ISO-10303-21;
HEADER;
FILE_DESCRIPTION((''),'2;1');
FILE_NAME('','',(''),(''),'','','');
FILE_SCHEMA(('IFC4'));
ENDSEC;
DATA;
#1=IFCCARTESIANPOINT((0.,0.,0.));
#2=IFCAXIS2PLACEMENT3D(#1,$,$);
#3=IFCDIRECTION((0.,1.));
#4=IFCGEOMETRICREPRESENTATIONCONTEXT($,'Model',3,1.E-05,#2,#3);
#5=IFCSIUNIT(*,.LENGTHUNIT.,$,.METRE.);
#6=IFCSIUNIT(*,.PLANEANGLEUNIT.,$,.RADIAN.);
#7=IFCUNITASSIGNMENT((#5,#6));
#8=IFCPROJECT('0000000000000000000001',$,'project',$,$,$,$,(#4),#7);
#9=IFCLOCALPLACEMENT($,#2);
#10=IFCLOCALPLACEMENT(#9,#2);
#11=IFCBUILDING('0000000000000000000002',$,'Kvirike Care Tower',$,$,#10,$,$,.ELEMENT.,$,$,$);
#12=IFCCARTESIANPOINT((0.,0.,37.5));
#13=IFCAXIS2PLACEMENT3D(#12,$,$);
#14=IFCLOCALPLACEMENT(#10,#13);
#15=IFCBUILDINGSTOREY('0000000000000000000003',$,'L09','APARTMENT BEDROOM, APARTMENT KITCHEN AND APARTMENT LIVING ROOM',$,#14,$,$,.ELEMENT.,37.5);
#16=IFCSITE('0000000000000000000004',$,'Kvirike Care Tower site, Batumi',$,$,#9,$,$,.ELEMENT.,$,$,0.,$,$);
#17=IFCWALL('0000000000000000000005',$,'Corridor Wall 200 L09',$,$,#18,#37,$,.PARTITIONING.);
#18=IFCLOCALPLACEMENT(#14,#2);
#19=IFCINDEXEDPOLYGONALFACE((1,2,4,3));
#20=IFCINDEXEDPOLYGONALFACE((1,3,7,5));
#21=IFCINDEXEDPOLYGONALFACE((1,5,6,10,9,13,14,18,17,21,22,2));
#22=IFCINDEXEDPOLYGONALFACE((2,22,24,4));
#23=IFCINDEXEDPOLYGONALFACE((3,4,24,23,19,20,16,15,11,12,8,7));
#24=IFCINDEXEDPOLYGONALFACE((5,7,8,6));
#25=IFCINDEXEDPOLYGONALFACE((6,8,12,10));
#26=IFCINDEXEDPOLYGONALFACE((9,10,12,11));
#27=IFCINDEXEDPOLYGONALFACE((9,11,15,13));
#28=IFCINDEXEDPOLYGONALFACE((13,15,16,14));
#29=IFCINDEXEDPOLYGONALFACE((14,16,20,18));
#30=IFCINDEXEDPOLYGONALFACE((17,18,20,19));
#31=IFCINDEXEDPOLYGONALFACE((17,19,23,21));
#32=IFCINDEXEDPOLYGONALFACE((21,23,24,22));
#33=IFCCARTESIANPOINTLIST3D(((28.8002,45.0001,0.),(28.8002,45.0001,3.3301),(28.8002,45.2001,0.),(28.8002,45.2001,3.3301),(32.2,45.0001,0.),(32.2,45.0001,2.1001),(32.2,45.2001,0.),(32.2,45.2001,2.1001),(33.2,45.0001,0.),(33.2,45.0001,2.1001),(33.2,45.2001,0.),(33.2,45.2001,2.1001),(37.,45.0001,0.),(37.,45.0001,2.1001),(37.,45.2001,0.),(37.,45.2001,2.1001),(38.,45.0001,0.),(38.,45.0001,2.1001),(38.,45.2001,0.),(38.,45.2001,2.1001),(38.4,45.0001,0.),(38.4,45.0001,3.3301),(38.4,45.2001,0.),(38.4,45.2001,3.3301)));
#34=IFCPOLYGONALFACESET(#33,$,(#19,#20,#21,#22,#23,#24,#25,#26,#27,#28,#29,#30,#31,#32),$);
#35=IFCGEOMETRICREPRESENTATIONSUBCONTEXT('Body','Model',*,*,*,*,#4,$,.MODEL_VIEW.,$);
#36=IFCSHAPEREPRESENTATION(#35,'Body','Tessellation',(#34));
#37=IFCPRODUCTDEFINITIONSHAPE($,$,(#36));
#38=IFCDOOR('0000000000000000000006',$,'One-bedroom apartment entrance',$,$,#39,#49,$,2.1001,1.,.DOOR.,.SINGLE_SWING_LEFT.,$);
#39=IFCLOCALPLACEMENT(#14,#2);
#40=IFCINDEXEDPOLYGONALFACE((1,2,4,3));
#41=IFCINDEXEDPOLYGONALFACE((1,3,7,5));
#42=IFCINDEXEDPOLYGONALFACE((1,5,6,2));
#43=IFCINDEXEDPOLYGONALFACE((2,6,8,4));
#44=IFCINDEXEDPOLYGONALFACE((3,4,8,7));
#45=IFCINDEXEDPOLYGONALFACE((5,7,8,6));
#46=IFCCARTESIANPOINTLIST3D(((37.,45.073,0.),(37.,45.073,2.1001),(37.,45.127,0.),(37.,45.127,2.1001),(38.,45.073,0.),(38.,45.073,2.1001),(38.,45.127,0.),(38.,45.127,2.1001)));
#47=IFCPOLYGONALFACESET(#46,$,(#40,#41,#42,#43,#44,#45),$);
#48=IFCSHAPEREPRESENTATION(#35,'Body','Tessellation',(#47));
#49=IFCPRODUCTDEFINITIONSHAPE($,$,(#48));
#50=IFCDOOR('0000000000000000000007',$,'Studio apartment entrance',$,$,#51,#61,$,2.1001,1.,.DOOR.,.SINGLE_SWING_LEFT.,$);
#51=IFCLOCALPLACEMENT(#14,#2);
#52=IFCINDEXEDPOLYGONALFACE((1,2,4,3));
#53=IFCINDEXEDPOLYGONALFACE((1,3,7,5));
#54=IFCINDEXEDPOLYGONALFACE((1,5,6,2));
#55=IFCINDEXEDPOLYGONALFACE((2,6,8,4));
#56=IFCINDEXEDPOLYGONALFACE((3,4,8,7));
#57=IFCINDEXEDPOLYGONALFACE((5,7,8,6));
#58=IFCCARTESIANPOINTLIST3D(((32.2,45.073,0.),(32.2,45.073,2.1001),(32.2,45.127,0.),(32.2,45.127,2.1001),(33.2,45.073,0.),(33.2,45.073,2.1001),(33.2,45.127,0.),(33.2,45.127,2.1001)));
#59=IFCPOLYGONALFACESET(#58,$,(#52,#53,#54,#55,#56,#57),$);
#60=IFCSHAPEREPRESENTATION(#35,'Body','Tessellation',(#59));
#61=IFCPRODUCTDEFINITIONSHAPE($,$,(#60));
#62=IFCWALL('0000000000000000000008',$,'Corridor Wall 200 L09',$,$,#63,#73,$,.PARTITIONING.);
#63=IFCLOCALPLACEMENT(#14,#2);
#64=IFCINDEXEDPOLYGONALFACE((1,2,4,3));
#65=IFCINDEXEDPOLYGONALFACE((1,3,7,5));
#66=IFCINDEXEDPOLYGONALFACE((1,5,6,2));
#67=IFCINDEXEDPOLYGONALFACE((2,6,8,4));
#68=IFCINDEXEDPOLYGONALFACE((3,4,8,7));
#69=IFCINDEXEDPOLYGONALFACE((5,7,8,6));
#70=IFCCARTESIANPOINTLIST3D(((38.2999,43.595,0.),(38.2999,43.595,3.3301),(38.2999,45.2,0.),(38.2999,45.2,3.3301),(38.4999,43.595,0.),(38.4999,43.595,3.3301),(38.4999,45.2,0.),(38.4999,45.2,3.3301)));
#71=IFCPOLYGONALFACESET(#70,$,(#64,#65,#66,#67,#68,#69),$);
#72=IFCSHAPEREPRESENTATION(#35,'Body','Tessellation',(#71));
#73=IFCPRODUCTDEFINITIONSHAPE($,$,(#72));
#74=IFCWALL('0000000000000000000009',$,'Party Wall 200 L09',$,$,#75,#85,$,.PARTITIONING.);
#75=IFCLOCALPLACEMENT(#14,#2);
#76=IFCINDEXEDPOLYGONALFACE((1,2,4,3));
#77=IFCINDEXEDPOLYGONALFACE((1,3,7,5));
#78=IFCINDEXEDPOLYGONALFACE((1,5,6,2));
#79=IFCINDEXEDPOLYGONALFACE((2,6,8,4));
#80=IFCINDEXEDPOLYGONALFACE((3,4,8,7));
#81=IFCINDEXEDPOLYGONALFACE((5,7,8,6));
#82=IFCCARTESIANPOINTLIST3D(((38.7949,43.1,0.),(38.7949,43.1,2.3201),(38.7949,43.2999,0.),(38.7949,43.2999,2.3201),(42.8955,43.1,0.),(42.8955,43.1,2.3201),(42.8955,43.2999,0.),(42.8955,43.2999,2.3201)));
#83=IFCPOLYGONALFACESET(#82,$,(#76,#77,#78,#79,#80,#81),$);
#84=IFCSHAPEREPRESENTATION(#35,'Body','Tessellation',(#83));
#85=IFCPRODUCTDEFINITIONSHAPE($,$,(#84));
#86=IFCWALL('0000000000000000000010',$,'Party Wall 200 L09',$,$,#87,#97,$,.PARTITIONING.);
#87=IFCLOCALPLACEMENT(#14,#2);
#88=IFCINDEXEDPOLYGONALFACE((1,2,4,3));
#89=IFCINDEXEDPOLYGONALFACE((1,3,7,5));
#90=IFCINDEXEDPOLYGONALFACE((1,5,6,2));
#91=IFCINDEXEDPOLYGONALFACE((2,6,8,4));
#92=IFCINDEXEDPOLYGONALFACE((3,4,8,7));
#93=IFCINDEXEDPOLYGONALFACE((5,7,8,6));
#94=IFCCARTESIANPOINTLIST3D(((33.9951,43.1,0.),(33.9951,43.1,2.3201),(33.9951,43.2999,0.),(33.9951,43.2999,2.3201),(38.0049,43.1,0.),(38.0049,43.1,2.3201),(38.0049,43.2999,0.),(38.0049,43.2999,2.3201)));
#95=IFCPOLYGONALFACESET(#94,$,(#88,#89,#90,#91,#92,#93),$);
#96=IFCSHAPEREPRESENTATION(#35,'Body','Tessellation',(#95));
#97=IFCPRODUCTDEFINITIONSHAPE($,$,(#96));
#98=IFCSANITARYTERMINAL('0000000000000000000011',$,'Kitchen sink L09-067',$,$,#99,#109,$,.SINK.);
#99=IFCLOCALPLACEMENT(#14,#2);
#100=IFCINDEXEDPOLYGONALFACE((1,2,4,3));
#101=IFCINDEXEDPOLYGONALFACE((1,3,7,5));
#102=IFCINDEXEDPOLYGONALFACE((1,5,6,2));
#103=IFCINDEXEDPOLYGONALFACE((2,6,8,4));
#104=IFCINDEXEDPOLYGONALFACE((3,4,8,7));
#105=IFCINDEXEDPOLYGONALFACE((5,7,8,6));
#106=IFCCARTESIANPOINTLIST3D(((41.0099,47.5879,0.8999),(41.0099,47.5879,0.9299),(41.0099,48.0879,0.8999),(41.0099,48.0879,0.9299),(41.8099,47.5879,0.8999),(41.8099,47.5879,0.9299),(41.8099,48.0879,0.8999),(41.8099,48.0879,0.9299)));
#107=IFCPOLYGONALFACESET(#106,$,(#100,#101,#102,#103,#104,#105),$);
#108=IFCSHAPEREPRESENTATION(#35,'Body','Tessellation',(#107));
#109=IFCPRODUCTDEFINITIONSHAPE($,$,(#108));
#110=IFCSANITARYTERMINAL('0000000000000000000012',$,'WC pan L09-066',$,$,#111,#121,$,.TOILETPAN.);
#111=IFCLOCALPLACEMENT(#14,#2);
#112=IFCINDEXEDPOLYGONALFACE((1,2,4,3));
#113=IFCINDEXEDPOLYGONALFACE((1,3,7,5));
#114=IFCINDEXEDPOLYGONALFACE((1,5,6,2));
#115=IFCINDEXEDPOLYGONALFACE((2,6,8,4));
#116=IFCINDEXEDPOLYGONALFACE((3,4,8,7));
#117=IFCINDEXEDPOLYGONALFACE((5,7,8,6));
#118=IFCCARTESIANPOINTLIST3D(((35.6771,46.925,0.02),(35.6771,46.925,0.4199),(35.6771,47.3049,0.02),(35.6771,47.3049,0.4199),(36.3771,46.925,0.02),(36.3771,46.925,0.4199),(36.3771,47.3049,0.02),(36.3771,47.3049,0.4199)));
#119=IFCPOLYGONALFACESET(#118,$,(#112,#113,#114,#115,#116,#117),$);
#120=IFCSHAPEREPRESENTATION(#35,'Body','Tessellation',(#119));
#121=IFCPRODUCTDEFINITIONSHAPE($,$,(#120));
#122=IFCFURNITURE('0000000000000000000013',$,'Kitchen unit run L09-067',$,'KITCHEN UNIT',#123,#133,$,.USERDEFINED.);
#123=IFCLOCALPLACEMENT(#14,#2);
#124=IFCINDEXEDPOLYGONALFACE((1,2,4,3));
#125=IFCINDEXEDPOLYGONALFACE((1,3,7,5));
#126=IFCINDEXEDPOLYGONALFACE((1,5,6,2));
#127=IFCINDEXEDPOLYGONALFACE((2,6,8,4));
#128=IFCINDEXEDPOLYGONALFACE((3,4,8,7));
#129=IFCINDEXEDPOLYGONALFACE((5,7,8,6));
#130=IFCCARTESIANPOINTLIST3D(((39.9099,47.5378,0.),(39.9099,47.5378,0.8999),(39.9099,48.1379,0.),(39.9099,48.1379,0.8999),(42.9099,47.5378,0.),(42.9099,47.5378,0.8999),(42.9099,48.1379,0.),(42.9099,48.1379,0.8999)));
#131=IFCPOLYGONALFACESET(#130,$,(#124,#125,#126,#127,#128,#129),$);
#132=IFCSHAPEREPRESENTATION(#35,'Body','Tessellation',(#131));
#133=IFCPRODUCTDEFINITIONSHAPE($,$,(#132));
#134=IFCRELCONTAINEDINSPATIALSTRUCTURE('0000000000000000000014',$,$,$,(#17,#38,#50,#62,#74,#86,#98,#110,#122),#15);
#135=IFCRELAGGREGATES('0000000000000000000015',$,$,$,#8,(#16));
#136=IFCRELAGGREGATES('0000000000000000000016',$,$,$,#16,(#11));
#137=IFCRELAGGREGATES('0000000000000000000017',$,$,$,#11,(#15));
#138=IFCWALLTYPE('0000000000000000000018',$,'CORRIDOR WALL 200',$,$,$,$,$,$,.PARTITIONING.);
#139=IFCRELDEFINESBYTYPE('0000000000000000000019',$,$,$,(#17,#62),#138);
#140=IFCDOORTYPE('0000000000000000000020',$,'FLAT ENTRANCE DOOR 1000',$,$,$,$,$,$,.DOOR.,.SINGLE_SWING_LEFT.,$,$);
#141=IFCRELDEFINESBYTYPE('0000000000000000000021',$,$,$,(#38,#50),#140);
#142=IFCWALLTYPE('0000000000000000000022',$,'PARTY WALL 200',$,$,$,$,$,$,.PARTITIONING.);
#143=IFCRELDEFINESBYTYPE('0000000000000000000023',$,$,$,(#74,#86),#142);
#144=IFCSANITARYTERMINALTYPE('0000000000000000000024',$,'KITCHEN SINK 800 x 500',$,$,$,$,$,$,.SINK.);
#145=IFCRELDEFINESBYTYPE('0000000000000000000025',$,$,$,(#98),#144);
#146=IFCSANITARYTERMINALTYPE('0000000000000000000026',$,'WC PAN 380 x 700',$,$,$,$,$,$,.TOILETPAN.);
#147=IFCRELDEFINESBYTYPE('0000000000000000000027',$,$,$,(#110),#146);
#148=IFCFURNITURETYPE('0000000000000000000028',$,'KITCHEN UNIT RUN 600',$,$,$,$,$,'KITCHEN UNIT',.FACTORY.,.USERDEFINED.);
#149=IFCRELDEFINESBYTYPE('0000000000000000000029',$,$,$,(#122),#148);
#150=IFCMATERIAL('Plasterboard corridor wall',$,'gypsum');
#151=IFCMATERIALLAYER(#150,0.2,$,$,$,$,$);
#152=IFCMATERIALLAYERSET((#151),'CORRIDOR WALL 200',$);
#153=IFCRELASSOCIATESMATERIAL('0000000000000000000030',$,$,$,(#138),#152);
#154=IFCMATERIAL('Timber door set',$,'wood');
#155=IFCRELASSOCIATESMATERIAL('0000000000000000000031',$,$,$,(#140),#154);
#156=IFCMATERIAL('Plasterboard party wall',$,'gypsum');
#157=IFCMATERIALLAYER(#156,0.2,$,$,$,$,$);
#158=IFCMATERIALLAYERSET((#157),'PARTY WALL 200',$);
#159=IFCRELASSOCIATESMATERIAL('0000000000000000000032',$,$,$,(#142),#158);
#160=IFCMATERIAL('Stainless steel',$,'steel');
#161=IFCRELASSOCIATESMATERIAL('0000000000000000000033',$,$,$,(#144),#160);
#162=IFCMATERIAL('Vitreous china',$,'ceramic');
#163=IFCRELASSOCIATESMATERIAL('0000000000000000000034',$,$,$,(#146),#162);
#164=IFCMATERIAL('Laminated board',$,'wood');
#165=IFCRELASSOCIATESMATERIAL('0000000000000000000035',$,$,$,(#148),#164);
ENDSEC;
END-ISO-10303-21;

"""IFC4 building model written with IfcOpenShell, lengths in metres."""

from ifc_helpers import new_model, si_unit, direction, frame, frame_2d, origin, origin_2d, place, context, subcontext, project, spatial, rectangle, extrude, material, layer, layer_set, type_object, element, fill, save


model = new_model("IFC4")

# Units and contexts
model_context = context("Model", 3, precision=1e-05, world=origin(), true_north=direction((0.0, 1.0)))
body_context = subcontext(model_context, "Body", "Model", "MODEL_VIEW")
ifc_project = project(units=[si_unit("LENGTHUNIT", "METRE"), si_unit("PLANEANGLEUNIT", "RADIAN")], contexts=[model_context])

# Site, building, storey
site_placement = place(None, origin())
site = spatial("IfcSite", under=ifc_project, at=site_placement, Name="Kvirike Care Tower site, Batumi", CompositionType="ELEMENT", RefElevation=0.0)
building_placement = place(site_placement, origin())
building = spatial("IfcBuilding", under=site, at=building_placement, Name="Kvirike Care Tower", CompositionType="ELEMENT")
storey_placement = place(building_placement, frame((0.0, 0.0, 37.5)))
storey = spatial("IfcBuildingStorey", under=building, at=storey_placement, Name="L09", Description="APARTMENT BEDROOM, APARTMENT KITCHEN AND APARTMENT LIVING ROOM", CompositionType="ELEMENT", Elevation=37.5)

# Wall, openings, doors
ifc_material_1 = material(Name="Plasterboard corridor wall", Category="gypsum")
ifc_layer_1 = layer(ifc_material_1, 0.2)
ifc_layer_set_1 = layer_set([ifc_layer_1], Name="CORRIDOR WALL 200")
wall_type_1 = type_object("IfcWallType", Name="CORRIDOR WALL 200", PredefinedType="PARTITIONING", material=ifc_layer_set_1)
wall_1_placement = place(storey_placement, frame((38.3999, 45.1001, 0.0), z_axis=(0.0, 0.0, 1.0), x_axis=(-1.0, 0.0, 0.0)))
wall_1 = element("IfcWall", 1, at=wall_1_placement, inside=storey, type_object=wall_type_1, Name="Corridor Wall 200 L09", PredefinedType="PARTITIONING", context=body_context, shape_type="SweptSolid", body=[
    extrude(rectangle(XDim=9.5999, YDim=0.2, at=frame_2d((4.7998, 0.0))), origin(), (0.0, 0.0, 1.0), 3.3301),
])
opening_1_placement = place(wall_1_placement, frame((0.3999, 0.0, 0.0)))
opening_1 = element("IfcOpeningElement", 2, at=opening_1_placement, cuts=wall_1, PredefinedType="OPENING", context=body_context, shape_type="SweptSolid", body=[
    extrude(rectangle(XDim=1.0, YDim=2.1001, at=frame_2d((0.5, 1.05))), frame((0.0, 0.1106, 0.0), z_axis=(0.0, -1.0, 0.0), x_axis=(1.0, 0.0, 0.0)), (0.0, 0.0, 1.0), 0.2209),
])
opening_2_placement = place(wall_1_placement, frame((5.2, 0.0, 0.0)))
opening_2 = element("IfcOpeningElement", 3, at=opening_2_placement, cuts=wall_1, PredefinedType="OPENING", context=body_context, shape_type="SweptSolid", body=[
    extrude(rectangle(XDim=1.0, YDim=2.1001, at=frame_2d((0.5, 1.05))), frame((0.0, 0.1106, 0.0), z_axis=(0.0, -1.0, 0.0), x_axis=(1.0, 0.0, 0.0)), (0.0, 0.0, 1.0), 0.2209),
])
ifc_material_2 = material(Name="Timber door set", Category="wood")
door_type_1 = type_object("IfcDoorType", Name="FLAT ENTRANCE DOOR 1000", OperationType="SINGLE_SWING_LEFT", PredefinedType="DOOR", material=ifc_material_2)
door_1_placement = place(opening_1_placement, frame((1.0, 0.0, 0.0), z_axis=(0.0, 0.0, 1.0), x_axis=(-1.0, 0.0, 0.0)))
door_1 = element("IfcDoor", 4, at=door_1_placement, inside=storey, type_object=door_type_1, Name="One-bedroom apartment entrance", OperationType="SINGLE_SWING_LEFT", OverallHeight=2.1001, OverallWidth=1.0, PredefinedType="DOOR", context=body_context, shape_type="SweptSolid", body=[
    extrude(rectangle(XDim=1.0, YDim=2.1001, at=frame_2d((0.5, 1.05))), frame((0.0, 0.0269, 0.0), z_axis=(0.0, -1.0, 0.0), x_axis=(1.0, 0.0, 0.0)), (0.0, 0.0, 1.0), 0.054),
])
fill(opening_1, door_1)
door_2_placement = place(opening_2_placement, frame((1.0, 0.0, 0.0), z_axis=(0.0, 0.0, 1.0), x_axis=(-1.0, 0.0, 0.0)))
door_2 = element("IfcDoor", 5, at=door_2_placement, inside=storey, type_object=door_type_1, Name="Studio apartment entrance", OperationType="SINGLE_SWING_LEFT", OverallHeight=2.1001, OverallWidth=1.0, PredefinedType="DOOR", context=body_context, shape_type="SweptSolid", body=[
    extrude(rectangle(XDim=1.0, YDim=2.1001, at=frame_2d((0.5, 1.05))), frame((0.0, 0.0269, 0.0), z_axis=(0.0, -1.0, 0.0), x_axis=(1.0, 0.0, 0.0)), (0.0, 0.0, 1.0), 0.054),
])
fill(opening_2, door_2)

# Walls
wall_2_placement = place(storey_placement, frame((38.3999, 45.2, 0.0), z_axis=(0.0, 0.0, 1.0), x_axis=(0.0, -1.0, 0.0)))
element("IfcWall", 6, at=wall_2_placement, inside=storey, type_object=wall_type_1, Name="Corridor Wall 200 L09", PredefinedType="PARTITIONING", context=body_context, shape_type="SweptSolid", body=[
    extrude(rectangle(XDim=1.605, YDim=0.2, at=frame_2d((0.8025, 0.0))), origin(), (0.0, 0.0, 1.0), 3.3301),
])
ifc_material_3 = material(Name="Plasterboard party wall", Category="gypsum")
ifc_layer_2 = layer(ifc_material_3, 0.2)
ifc_layer_set_2 = layer_set([ifc_layer_2], Name="PARTY WALL 200")
wall_type_2 = type_object("IfcWallType", Name="PARTY WALL 200", PredefinedType="PARTITIONING", material=ifc_layer_set_2)
wall_3_placement = place(storey_placement, frame((42.8955, 43.2, 0.0), z_axis=(0.0, 0.0, 1.0), x_axis=(-1.0, 0.0, 0.0)))
element("IfcWall", 7, at=wall_3_placement, inside=storey, type_object=wall_type_2, Name="Party Wall 200 L09", PredefinedType="PARTITIONING", context=body_context, shape_type="SweptSolid", body=[
    extrude(rectangle(XDim=4.1006, YDim=0.2, at=frame_2d((2.0503, 0.0))), origin(), (0.0, 0.0, 1.0), 2.3201),
])
wall_4_placement = place(storey_placement, frame((38.0049, 43.2, 0.0), z_axis=(0.0, 0.0, 1.0), x_axis=(-1.0, 0.0, 0.0)))
element("IfcWall", 8, at=wall_4_placement, inside=storey, type_object=wall_type_2, Name="Party Wall 200 L09", PredefinedType="PARTITIONING", context=body_context, shape_type="SweptSolid", body=[
    extrude(rectangle(XDim=4.0098, YDim=0.2, at=frame_2d((2.0049, 0.0))), origin(), (0.0, 0.0, 1.0), 2.3201),
])

# Sanitary terminals
ifc_material_4 = material(Name="Stainless steel", Category="steel")
sanitary_terminal_type_1 = type_object("IfcSanitaryTerminalType", Name="KITCHEN SINK 800 x 500", PredefinedType="SINK", material=ifc_material_4)
sanitary_terminal_1_placement = place(storey_placement, frame((41.4099, 47.8379, 0.8999), z_axis=(0.0, 0.0, 1.0), x_axis=(1.0, 0.0, 0.0)))
element("IfcSanitaryTerminal", 9, at=sanitary_terminal_1_placement, inside=storey, type_object=sanitary_terminal_type_1, Name="Kitchen sink L09-067", PredefinedType="SINK", context=body_context, shape_type="SweptSolid", body=[
    extrude(rectangle(XDim=0.8, YDim=0.5, at=origin_2d()), origin(), (0.0, 0.0, 1.0), 0.03),
])
ifc_material_5 = material(Name="Vitreous china", Category="ceramic")
sanitary_terminal_type_2 = type_object("IfcSanitaryTerminalType", Name="WC PAN 380 x 700", PredefinedType="TOILETPAN", material=ifc_material_5)
sanitary_terminal_2_placement = place(storey_placement, frame((36.0271, 47.115, 0.02), z_axis=(0.0, 0.0, 1.0), x_axis=(0.0, 1.0, 0.0)))
element("IfcSanitaryTerminal", 10, at=sanitary_terminal_2_placement, inside=storey, type_object=sanitary_terminal_type_2, Name="WC pan L09-066", PredefinedType="TOILETPAN", context=body_context, shape_type="SweptSolid", body=[
    extrude(rectangle(XDim=0.3799, YDim=0.7, at=origin_2d()), origin(), (0.0, 0.0, 1.0), 0.3999),
])

# Furniture
ifc_material_6 = material(Name="Laminated board", Category="wood")
furniture_type = type_object("IfcFurnitureType", Name="KITCHEN UNIT RUN 600", ElementType="KITCHEN UNIT", AssemblyPlace="FACTORY", PredefinedType="USERDEFINED", material=ifc_material_6)
furniture_placement = place(storey_placement, frame((41.4099, 47.8379, 0.0), z_axis=(0.0, 0.0, 1.0), x_axis=(1.0, 0.0, 0.0)))
element("IfcFurniture", 11, at=furniture_placement, inside=storey, type_object=furniture_type, Name="Kitchen unit run L09-067", ObjectType="KITCHEN UNIT", PredefinedType="USERDEFINED", context=body_context, shape_type="SweptSolid", body=[
    extrude(rectangle(XDim=3.0, YDim=0.6001, at=origin_2d()), origin(), (0.0, 0.0, 1.0), 0.8999),
])

save(model, "model.ifc")
